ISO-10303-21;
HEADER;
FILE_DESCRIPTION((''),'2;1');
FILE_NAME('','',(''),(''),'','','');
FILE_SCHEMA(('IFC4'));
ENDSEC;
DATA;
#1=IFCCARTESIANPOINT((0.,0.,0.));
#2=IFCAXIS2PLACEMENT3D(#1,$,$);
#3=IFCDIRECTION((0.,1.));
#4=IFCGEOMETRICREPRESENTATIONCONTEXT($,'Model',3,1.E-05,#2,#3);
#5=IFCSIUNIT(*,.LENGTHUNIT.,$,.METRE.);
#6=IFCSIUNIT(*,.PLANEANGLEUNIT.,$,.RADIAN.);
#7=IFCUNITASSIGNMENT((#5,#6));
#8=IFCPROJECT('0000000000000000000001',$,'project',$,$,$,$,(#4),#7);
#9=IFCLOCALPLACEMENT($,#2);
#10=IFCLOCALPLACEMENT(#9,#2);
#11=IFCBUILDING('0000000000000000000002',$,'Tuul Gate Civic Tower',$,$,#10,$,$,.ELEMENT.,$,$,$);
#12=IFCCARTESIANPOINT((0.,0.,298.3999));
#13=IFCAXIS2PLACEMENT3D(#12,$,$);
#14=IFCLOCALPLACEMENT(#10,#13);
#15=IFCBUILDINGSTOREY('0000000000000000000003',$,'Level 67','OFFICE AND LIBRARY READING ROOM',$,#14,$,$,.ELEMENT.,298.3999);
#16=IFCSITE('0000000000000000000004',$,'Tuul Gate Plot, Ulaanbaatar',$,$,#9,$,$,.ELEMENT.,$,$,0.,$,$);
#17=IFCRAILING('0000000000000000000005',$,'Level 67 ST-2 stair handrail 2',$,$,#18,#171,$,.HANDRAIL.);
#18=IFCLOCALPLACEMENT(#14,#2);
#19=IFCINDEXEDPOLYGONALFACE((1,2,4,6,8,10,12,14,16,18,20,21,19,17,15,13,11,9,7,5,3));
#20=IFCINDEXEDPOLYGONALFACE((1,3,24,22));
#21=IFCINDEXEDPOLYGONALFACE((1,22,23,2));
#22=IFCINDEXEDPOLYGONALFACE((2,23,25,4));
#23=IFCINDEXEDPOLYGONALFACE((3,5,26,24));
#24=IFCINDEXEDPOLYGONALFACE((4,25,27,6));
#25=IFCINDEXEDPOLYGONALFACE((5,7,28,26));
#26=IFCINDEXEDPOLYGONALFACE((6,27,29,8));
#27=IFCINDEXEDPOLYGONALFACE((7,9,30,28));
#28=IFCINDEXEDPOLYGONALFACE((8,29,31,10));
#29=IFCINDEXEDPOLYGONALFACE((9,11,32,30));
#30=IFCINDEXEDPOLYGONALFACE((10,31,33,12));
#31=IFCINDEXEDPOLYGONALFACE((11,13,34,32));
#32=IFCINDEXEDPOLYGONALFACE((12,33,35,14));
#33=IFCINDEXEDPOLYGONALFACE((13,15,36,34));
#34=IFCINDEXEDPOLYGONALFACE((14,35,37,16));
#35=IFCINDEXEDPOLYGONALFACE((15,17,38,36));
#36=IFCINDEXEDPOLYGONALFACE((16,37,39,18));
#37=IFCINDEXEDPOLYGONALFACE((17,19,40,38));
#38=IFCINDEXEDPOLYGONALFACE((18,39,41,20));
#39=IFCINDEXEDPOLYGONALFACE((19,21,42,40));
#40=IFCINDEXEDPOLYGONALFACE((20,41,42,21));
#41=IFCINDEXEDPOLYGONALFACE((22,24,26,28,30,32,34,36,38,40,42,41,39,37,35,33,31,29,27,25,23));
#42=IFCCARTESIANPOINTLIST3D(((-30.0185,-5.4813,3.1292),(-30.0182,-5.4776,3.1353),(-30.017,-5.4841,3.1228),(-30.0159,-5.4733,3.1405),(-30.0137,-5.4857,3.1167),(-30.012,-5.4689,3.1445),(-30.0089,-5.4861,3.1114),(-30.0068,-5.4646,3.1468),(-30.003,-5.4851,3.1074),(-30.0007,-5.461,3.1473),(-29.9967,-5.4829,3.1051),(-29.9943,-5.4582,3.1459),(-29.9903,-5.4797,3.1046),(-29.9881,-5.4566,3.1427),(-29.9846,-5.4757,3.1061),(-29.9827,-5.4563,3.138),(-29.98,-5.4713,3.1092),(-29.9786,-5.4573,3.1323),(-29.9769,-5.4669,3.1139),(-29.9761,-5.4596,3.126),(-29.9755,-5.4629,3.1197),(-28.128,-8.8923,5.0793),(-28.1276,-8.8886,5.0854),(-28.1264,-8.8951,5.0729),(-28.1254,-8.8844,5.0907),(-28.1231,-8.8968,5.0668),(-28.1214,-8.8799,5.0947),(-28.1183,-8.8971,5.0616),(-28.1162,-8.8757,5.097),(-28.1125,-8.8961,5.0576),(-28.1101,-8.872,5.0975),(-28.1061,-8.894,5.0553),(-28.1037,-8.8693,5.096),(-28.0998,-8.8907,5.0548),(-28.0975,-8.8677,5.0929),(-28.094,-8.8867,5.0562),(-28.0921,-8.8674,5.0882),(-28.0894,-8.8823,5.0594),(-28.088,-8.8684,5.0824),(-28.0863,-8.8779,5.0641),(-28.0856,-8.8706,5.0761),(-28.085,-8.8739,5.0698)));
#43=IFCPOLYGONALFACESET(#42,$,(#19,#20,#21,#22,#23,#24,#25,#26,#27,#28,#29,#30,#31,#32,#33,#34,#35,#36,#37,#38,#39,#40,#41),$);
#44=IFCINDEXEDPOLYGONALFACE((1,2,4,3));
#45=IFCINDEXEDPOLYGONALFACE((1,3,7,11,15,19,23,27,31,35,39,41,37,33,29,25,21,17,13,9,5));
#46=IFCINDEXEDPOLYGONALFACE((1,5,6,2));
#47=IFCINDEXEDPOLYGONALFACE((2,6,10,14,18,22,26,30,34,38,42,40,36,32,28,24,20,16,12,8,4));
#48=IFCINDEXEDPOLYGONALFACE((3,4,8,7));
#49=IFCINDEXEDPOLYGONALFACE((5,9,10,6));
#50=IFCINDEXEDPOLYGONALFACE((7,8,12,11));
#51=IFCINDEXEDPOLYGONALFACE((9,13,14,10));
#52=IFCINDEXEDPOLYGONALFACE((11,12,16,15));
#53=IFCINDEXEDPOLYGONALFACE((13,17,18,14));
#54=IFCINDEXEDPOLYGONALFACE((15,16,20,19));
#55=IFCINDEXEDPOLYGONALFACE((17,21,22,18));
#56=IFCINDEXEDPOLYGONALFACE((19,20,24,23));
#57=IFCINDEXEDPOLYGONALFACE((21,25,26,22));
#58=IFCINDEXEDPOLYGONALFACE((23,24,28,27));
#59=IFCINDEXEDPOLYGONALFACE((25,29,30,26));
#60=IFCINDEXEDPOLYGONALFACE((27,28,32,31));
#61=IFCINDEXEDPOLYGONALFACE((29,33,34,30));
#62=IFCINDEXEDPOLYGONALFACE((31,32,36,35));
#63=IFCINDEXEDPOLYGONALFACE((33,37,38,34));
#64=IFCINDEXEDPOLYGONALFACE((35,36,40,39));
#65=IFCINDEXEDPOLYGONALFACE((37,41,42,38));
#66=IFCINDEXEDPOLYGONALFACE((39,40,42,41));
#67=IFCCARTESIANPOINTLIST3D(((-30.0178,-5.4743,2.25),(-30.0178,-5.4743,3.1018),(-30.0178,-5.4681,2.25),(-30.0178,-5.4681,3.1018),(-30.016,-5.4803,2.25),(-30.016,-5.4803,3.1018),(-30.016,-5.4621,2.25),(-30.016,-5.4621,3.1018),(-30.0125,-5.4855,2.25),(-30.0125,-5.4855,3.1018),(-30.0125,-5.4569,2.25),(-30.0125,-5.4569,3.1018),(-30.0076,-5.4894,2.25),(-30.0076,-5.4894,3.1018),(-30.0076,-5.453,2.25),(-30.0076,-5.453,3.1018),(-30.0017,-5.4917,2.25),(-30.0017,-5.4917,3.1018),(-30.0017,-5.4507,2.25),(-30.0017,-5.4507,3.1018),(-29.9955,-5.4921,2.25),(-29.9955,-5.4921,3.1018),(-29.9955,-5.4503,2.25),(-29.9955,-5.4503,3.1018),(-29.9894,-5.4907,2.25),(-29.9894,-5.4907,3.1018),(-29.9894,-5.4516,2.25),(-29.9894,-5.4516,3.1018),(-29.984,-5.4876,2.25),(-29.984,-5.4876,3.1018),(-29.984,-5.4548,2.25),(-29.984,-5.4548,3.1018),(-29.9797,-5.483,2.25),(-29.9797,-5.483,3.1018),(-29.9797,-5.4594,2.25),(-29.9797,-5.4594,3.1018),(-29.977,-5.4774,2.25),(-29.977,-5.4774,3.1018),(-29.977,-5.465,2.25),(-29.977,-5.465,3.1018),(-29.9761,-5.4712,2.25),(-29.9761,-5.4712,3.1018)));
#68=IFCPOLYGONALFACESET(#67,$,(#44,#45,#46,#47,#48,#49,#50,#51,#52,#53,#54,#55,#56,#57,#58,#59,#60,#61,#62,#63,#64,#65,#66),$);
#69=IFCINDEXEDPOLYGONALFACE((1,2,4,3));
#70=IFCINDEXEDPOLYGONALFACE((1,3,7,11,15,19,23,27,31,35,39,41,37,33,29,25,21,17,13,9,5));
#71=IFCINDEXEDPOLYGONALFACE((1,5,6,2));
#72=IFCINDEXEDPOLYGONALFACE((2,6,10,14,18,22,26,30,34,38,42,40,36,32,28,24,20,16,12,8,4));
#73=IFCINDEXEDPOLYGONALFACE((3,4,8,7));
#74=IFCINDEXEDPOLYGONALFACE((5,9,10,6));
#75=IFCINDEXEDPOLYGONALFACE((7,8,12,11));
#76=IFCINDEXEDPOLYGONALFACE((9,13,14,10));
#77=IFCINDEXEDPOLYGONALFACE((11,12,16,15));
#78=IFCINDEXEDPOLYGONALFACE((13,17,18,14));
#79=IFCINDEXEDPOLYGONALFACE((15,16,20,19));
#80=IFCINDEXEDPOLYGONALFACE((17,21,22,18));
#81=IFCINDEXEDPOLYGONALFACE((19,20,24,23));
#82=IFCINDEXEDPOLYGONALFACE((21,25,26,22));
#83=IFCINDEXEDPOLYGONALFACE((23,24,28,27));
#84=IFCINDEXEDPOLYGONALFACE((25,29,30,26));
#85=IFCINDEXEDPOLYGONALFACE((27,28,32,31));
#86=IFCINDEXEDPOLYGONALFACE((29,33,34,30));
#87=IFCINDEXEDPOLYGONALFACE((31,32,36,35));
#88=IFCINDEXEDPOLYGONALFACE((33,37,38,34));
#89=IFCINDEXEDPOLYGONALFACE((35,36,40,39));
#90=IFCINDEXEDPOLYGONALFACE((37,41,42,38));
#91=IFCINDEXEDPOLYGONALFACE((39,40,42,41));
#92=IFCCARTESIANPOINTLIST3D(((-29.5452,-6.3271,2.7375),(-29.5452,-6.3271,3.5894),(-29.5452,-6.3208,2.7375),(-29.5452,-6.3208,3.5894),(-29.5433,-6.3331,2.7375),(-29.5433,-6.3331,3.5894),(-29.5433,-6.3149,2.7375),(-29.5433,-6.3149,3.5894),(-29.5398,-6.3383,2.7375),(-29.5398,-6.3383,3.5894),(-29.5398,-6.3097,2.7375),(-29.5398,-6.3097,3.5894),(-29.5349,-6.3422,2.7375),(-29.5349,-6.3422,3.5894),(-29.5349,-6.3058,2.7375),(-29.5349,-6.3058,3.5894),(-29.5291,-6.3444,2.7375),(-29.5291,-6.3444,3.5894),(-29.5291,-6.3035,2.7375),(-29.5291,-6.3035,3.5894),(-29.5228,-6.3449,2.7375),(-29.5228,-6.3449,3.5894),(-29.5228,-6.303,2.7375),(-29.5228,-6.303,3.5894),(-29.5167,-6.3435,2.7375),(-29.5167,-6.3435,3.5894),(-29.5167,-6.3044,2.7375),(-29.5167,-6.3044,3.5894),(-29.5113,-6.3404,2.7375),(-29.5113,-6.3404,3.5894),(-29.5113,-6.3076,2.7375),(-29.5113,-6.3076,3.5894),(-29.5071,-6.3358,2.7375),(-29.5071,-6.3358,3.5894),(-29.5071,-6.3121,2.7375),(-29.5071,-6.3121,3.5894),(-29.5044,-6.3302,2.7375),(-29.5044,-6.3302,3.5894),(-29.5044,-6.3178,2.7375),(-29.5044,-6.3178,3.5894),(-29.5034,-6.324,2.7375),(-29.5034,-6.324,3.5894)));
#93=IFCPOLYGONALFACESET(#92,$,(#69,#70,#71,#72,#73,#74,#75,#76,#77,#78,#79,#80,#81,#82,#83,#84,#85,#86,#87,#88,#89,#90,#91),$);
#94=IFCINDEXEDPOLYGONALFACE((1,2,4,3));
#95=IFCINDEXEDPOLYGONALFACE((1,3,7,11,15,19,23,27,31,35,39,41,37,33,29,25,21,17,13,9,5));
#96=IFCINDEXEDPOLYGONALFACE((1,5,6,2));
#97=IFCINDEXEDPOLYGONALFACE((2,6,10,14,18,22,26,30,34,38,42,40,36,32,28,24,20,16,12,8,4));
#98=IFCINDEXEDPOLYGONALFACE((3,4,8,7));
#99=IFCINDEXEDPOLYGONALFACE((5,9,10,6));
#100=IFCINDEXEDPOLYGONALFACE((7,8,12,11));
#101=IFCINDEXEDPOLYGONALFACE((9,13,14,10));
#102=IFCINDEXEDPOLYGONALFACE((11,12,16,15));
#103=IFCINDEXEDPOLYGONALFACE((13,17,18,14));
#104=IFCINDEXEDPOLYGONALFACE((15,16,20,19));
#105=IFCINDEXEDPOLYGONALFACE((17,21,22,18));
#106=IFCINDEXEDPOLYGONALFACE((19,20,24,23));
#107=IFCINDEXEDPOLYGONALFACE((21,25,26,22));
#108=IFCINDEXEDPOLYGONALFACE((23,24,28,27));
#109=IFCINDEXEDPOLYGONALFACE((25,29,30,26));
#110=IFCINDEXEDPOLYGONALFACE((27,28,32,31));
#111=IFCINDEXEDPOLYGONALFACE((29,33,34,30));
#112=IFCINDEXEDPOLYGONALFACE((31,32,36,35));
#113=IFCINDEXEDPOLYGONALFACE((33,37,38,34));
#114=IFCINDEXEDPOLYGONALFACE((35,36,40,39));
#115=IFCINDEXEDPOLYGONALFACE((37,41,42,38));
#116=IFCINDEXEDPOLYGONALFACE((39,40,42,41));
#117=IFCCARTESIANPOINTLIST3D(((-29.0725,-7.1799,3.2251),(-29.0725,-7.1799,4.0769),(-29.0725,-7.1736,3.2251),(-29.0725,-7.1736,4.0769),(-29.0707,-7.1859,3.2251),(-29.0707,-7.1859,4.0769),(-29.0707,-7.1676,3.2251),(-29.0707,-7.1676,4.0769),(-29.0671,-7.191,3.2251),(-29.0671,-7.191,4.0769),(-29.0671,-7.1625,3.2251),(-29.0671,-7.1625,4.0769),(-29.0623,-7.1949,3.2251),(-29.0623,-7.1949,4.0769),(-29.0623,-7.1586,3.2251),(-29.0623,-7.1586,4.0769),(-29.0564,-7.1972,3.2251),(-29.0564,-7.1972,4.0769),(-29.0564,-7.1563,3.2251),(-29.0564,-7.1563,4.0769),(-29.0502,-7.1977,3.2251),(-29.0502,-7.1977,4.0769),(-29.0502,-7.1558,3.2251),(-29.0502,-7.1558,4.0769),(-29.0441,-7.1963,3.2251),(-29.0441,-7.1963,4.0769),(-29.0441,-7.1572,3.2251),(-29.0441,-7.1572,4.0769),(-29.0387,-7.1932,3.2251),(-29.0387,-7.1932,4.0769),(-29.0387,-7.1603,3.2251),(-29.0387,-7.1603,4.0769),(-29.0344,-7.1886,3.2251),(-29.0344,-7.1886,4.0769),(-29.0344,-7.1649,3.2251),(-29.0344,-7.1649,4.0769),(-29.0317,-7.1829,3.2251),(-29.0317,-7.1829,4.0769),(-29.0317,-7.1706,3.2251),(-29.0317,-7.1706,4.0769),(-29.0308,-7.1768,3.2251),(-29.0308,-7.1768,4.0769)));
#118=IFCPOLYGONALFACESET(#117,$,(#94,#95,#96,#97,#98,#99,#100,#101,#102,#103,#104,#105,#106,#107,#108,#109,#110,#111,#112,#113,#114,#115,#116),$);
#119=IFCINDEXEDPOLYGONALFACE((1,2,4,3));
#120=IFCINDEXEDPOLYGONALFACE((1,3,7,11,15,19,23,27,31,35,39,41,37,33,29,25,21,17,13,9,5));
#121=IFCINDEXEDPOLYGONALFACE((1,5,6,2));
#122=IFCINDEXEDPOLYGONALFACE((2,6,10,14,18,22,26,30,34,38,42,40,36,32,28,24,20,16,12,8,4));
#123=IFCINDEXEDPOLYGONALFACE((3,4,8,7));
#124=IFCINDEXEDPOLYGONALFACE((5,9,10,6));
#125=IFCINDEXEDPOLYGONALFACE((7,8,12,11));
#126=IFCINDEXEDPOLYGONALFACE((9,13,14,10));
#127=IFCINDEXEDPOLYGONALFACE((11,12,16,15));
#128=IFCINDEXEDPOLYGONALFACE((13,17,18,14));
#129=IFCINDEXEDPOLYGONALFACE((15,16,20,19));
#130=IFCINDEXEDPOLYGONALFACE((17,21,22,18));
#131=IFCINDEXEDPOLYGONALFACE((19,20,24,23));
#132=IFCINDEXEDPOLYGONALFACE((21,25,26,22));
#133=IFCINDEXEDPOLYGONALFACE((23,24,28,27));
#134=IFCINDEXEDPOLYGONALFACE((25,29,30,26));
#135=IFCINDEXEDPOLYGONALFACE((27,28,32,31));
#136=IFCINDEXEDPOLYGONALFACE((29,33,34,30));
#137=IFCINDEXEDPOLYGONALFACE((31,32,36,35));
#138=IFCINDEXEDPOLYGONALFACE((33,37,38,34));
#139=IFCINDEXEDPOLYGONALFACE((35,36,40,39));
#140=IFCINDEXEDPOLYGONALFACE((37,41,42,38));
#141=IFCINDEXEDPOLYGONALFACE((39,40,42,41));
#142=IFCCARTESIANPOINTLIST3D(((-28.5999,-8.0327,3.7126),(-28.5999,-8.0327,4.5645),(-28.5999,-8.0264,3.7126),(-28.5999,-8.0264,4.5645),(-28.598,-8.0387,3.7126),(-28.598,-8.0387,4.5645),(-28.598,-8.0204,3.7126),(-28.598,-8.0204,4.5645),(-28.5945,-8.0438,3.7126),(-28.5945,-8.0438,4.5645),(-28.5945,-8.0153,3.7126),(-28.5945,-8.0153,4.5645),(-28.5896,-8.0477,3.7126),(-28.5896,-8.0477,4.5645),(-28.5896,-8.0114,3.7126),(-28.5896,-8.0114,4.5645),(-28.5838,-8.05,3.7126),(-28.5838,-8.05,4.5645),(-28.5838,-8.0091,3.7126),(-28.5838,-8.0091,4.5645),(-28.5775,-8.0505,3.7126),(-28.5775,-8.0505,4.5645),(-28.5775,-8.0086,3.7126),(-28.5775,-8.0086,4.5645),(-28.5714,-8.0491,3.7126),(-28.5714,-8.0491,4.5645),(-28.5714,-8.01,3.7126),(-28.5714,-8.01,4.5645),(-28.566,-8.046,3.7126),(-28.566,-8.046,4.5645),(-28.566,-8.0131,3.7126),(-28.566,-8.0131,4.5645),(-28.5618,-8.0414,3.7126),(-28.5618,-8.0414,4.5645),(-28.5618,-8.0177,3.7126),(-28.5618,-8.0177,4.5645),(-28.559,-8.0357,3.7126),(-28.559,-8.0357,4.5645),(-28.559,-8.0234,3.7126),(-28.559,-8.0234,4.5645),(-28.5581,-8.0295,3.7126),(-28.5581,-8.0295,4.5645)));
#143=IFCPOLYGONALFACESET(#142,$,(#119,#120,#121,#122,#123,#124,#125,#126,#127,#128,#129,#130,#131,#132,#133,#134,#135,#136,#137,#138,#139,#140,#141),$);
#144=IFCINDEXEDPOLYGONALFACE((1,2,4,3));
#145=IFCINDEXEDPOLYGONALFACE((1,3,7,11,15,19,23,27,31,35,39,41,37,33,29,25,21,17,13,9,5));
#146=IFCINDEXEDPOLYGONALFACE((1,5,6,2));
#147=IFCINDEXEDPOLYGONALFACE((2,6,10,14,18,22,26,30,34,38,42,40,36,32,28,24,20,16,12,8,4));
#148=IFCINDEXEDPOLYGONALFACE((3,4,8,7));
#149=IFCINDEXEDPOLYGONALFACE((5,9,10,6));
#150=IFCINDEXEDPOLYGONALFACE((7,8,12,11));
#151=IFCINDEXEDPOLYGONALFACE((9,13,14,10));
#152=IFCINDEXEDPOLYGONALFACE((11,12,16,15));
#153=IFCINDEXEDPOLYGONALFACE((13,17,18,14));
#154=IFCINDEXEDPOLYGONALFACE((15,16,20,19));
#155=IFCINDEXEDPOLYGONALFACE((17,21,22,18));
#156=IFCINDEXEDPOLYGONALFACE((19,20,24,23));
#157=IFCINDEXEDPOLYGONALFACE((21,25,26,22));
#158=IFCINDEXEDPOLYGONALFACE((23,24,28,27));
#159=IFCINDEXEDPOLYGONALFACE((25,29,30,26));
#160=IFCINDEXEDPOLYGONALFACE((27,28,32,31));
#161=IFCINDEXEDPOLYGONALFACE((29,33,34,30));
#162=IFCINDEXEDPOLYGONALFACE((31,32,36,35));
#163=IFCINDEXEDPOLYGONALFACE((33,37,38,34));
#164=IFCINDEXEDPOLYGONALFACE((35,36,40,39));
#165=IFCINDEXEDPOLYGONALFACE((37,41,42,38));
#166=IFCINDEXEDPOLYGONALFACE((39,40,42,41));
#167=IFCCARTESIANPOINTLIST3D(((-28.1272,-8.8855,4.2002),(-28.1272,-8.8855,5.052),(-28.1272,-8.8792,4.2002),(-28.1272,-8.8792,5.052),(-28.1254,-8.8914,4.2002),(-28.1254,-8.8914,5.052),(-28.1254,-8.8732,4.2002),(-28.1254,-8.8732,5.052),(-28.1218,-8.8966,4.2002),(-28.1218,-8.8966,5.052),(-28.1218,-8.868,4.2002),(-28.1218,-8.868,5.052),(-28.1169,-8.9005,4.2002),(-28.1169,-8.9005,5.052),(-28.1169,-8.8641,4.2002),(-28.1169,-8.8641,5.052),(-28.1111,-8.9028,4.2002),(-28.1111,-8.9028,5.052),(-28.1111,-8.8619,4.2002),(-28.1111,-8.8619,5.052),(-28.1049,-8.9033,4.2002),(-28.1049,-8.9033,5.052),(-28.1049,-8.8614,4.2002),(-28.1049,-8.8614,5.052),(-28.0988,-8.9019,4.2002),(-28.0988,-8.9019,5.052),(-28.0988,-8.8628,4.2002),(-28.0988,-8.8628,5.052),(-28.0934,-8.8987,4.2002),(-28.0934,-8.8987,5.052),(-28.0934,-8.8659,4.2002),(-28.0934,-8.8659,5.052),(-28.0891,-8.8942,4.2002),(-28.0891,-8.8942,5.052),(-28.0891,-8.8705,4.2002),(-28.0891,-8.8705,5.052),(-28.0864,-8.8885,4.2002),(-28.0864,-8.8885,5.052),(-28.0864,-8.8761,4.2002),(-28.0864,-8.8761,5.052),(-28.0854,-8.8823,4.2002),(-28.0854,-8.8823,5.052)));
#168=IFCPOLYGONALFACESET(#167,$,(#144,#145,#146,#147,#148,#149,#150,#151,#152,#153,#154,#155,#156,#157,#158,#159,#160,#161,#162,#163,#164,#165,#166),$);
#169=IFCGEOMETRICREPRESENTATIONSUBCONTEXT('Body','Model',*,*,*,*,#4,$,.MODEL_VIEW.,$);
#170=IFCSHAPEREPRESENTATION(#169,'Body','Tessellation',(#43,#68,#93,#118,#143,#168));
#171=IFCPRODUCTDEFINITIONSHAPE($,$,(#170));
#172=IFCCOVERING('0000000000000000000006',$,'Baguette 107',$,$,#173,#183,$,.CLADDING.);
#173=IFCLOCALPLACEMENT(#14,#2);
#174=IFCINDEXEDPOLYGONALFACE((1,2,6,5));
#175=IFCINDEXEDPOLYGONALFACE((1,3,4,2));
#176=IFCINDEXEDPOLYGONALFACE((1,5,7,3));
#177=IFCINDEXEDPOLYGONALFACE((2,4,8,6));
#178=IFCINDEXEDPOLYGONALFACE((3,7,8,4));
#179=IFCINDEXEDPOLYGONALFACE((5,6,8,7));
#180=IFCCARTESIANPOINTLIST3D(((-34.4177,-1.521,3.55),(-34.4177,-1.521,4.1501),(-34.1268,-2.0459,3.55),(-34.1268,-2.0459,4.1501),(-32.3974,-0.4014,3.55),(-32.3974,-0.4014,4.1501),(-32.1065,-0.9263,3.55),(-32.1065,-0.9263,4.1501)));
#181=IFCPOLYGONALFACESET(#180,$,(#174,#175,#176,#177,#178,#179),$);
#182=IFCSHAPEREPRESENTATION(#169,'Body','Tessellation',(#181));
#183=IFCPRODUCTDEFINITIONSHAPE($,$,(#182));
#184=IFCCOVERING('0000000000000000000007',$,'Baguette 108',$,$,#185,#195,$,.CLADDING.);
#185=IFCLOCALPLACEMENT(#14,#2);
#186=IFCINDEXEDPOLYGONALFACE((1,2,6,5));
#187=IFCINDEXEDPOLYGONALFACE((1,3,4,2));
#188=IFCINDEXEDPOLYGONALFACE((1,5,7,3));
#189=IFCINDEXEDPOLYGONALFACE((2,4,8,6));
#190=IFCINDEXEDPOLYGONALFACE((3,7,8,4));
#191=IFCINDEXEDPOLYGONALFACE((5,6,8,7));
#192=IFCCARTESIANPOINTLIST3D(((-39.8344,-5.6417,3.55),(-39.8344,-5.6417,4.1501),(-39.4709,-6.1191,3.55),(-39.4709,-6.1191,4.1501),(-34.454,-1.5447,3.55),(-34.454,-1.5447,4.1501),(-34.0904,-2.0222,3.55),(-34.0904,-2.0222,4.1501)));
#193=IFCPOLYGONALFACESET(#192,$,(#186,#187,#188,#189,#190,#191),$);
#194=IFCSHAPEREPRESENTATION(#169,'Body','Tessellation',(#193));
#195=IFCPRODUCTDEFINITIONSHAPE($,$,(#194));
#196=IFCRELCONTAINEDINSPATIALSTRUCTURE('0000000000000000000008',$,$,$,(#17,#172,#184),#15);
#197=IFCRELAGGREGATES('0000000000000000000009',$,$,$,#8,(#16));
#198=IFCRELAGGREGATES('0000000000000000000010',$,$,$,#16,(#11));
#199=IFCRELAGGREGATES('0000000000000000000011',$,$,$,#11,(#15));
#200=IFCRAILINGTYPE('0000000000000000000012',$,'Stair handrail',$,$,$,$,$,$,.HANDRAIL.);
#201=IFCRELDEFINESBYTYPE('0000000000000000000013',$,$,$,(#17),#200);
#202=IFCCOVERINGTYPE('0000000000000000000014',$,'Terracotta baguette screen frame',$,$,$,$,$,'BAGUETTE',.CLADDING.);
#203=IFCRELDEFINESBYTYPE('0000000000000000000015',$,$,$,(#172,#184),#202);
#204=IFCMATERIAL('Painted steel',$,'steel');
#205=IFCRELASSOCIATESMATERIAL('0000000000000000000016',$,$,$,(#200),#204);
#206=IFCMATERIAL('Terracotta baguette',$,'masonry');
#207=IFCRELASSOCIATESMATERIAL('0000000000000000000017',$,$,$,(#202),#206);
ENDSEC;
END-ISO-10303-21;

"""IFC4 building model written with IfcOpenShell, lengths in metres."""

from ifc_helpers import new_model, si_unit, direction, frame, origin, origin_2d, place, context, subcontext, project, spatial, rectangle, circle, extrude, material, material_profile, profile_set, type_object, element, save


model = new_model("IFC4")

# Units and contexts
model_context = context("Model", 3, precision=1e-05, world=origin(), true_north=direction((0.0, 1.0)))
body_context = subcontext(model_context, "Body", "Model", "MODEL_VIEW")
ifc_project = project(units=[si_unit("LENGTHUNIT", "METRE"), si_unit("PLANEANGLEUNIT", "RADIAN")], contexts=[model_context])

# Site, building, storey
site_placement = place(None, origin())
site = spatial("IfcSite", under=ifc_project, at=site_placement, Name="Tuul Gate Plot, Ulaanbaatar", CompositionType="ELEMENT", RefElevation=0.0)
building_placement = place(site_placement, origin())
building = spatial("IfcBuilding", under=site, at=building_placement, Name="Tuul Gate Civic Tower", CompositionType="ELEMENT")
storey_placement = place(building_placement, frame((0.0, 0.0, 298.3999)))
storey = spatial("IfcBuildingStorey", under=building, at=storey_placement, Name="Level 67", Description="OFFICE AND LIBRARY READING ROOM", CompositionType="ELEMENT", Elevation=298.3999)

# Railing
ifc_material_1 = material(Name="Painted steel", Category="steel")
railing_type_1 = type_object("IfcRailingType", Name="Stair handrail", PredefinedType="HANDRAIL", material=ifc_material_1)
railing_1_placement = place(storey_placement, frame((-29.9971, -5.4712, 2.25)))
element("IfcRailing", 1, at=railing_1_placement, inside=storey, type_object=railing_type_1, Name="Level 67 ST-2 stair handrail 2", PredefinedType="HANDRAIL", context=body_context, shape_type="SweptSolid", body=[
    extrude(circle(Radius=0.0239, at=origin_2d()), frame((0.0, 0.0, 0.876), z_axis=(0.433585, -0.782289, 0.447246), x_axis=(0.874641, 0.484771, 0.0)), (0.0, 0.0, 1.0), 4.3604),
    extrude(circle(Radius=0.021, at=origin_2d()), origin(), (0.0, 0.0, 1.0), 0.8518),
    extrude(circle(Radius=0.021, at=origin_2d()), frame((0.4727, -0.8528, 0.4875)), (0.0, 0.0, 1.0), 0.8518),
    extrude(circle(Radius=0.021, at=origin_2d()), frame((0.9453, -1.7056, 0.9751)), (0.0, 0.0, 1.0), 0.8518),
    extrude(circle(Radius=0.021, at=origin_2d()), frame((1.418, -2.5583, 1.4626)), (0.0, 0.0, 1.0), 0.8518),
    extrude(circle(Radius=0.021, at=origin_2d()), frame((1.8906, -3.4111, 1.9502)), (0.0, 0.0, 1.0), 0.8518),
])

# Coverings
ifc_material_2 = material(Name="Terracotta baguette", Category="masonry")
ifc_material_profile_1 = material_profile(ifc_material_2, rectangle(XDim=0.6001, YDim=0.6001, at=origin_2d()), Name="Terracotta baguette screen frame")
ifc_profile_set_1 = profile_set([ifc_material_profile_1], Name="Terracotta baguette")
covering_type = type_object("IfcCoveringType", Name="Terracotta baguette screen frame", ElementType="BAGUETTE", PredefinedType="CLADDING", material=ifc_profile_set_1)
covering_1_placement = place(storey_placement, frame((-32.252, -0.6638, 3.8501), z_axis=(-0.87466, -0.484736, 0.0), x_axis=(0.484736, -0.87466, 0.0)))
element("IfcCovering", 2, at=covering_1_placement, inside=storey, type_object=covering_type, Name="Baguette 107", PredefinedType="CLADDING", context=body_context, shape_type="SweptSolid", body=[
    extrude(rectangle(XDim=0.6001, YDim=0.6001, at=origin_2d()), origin(), (0.0, 0.0, 1.0), 2.3098),
])
covering_2_placement = place(storey_placement, frame((-34.2722, -1.7834, 3.8501), z_axis=(-0.795603, -0.605818, 0.0), x_axis=(0.605818, -0.795603, 0.0)))
element("IfcCovering", 3, at=covering_2_placement, inside=storey, type_object=covering_type, Name="Baguette 108", PredefinedType="CLADDING", context=body_context, shape_type="SweptSolid", body=[
    extrude(rectangle(XDim=0.6001, YDim=0.6001, at=origin_2d()), origin(), (0.0, 0.0, 1.0), 6.7627),
])

save(model, "model.ifc")
